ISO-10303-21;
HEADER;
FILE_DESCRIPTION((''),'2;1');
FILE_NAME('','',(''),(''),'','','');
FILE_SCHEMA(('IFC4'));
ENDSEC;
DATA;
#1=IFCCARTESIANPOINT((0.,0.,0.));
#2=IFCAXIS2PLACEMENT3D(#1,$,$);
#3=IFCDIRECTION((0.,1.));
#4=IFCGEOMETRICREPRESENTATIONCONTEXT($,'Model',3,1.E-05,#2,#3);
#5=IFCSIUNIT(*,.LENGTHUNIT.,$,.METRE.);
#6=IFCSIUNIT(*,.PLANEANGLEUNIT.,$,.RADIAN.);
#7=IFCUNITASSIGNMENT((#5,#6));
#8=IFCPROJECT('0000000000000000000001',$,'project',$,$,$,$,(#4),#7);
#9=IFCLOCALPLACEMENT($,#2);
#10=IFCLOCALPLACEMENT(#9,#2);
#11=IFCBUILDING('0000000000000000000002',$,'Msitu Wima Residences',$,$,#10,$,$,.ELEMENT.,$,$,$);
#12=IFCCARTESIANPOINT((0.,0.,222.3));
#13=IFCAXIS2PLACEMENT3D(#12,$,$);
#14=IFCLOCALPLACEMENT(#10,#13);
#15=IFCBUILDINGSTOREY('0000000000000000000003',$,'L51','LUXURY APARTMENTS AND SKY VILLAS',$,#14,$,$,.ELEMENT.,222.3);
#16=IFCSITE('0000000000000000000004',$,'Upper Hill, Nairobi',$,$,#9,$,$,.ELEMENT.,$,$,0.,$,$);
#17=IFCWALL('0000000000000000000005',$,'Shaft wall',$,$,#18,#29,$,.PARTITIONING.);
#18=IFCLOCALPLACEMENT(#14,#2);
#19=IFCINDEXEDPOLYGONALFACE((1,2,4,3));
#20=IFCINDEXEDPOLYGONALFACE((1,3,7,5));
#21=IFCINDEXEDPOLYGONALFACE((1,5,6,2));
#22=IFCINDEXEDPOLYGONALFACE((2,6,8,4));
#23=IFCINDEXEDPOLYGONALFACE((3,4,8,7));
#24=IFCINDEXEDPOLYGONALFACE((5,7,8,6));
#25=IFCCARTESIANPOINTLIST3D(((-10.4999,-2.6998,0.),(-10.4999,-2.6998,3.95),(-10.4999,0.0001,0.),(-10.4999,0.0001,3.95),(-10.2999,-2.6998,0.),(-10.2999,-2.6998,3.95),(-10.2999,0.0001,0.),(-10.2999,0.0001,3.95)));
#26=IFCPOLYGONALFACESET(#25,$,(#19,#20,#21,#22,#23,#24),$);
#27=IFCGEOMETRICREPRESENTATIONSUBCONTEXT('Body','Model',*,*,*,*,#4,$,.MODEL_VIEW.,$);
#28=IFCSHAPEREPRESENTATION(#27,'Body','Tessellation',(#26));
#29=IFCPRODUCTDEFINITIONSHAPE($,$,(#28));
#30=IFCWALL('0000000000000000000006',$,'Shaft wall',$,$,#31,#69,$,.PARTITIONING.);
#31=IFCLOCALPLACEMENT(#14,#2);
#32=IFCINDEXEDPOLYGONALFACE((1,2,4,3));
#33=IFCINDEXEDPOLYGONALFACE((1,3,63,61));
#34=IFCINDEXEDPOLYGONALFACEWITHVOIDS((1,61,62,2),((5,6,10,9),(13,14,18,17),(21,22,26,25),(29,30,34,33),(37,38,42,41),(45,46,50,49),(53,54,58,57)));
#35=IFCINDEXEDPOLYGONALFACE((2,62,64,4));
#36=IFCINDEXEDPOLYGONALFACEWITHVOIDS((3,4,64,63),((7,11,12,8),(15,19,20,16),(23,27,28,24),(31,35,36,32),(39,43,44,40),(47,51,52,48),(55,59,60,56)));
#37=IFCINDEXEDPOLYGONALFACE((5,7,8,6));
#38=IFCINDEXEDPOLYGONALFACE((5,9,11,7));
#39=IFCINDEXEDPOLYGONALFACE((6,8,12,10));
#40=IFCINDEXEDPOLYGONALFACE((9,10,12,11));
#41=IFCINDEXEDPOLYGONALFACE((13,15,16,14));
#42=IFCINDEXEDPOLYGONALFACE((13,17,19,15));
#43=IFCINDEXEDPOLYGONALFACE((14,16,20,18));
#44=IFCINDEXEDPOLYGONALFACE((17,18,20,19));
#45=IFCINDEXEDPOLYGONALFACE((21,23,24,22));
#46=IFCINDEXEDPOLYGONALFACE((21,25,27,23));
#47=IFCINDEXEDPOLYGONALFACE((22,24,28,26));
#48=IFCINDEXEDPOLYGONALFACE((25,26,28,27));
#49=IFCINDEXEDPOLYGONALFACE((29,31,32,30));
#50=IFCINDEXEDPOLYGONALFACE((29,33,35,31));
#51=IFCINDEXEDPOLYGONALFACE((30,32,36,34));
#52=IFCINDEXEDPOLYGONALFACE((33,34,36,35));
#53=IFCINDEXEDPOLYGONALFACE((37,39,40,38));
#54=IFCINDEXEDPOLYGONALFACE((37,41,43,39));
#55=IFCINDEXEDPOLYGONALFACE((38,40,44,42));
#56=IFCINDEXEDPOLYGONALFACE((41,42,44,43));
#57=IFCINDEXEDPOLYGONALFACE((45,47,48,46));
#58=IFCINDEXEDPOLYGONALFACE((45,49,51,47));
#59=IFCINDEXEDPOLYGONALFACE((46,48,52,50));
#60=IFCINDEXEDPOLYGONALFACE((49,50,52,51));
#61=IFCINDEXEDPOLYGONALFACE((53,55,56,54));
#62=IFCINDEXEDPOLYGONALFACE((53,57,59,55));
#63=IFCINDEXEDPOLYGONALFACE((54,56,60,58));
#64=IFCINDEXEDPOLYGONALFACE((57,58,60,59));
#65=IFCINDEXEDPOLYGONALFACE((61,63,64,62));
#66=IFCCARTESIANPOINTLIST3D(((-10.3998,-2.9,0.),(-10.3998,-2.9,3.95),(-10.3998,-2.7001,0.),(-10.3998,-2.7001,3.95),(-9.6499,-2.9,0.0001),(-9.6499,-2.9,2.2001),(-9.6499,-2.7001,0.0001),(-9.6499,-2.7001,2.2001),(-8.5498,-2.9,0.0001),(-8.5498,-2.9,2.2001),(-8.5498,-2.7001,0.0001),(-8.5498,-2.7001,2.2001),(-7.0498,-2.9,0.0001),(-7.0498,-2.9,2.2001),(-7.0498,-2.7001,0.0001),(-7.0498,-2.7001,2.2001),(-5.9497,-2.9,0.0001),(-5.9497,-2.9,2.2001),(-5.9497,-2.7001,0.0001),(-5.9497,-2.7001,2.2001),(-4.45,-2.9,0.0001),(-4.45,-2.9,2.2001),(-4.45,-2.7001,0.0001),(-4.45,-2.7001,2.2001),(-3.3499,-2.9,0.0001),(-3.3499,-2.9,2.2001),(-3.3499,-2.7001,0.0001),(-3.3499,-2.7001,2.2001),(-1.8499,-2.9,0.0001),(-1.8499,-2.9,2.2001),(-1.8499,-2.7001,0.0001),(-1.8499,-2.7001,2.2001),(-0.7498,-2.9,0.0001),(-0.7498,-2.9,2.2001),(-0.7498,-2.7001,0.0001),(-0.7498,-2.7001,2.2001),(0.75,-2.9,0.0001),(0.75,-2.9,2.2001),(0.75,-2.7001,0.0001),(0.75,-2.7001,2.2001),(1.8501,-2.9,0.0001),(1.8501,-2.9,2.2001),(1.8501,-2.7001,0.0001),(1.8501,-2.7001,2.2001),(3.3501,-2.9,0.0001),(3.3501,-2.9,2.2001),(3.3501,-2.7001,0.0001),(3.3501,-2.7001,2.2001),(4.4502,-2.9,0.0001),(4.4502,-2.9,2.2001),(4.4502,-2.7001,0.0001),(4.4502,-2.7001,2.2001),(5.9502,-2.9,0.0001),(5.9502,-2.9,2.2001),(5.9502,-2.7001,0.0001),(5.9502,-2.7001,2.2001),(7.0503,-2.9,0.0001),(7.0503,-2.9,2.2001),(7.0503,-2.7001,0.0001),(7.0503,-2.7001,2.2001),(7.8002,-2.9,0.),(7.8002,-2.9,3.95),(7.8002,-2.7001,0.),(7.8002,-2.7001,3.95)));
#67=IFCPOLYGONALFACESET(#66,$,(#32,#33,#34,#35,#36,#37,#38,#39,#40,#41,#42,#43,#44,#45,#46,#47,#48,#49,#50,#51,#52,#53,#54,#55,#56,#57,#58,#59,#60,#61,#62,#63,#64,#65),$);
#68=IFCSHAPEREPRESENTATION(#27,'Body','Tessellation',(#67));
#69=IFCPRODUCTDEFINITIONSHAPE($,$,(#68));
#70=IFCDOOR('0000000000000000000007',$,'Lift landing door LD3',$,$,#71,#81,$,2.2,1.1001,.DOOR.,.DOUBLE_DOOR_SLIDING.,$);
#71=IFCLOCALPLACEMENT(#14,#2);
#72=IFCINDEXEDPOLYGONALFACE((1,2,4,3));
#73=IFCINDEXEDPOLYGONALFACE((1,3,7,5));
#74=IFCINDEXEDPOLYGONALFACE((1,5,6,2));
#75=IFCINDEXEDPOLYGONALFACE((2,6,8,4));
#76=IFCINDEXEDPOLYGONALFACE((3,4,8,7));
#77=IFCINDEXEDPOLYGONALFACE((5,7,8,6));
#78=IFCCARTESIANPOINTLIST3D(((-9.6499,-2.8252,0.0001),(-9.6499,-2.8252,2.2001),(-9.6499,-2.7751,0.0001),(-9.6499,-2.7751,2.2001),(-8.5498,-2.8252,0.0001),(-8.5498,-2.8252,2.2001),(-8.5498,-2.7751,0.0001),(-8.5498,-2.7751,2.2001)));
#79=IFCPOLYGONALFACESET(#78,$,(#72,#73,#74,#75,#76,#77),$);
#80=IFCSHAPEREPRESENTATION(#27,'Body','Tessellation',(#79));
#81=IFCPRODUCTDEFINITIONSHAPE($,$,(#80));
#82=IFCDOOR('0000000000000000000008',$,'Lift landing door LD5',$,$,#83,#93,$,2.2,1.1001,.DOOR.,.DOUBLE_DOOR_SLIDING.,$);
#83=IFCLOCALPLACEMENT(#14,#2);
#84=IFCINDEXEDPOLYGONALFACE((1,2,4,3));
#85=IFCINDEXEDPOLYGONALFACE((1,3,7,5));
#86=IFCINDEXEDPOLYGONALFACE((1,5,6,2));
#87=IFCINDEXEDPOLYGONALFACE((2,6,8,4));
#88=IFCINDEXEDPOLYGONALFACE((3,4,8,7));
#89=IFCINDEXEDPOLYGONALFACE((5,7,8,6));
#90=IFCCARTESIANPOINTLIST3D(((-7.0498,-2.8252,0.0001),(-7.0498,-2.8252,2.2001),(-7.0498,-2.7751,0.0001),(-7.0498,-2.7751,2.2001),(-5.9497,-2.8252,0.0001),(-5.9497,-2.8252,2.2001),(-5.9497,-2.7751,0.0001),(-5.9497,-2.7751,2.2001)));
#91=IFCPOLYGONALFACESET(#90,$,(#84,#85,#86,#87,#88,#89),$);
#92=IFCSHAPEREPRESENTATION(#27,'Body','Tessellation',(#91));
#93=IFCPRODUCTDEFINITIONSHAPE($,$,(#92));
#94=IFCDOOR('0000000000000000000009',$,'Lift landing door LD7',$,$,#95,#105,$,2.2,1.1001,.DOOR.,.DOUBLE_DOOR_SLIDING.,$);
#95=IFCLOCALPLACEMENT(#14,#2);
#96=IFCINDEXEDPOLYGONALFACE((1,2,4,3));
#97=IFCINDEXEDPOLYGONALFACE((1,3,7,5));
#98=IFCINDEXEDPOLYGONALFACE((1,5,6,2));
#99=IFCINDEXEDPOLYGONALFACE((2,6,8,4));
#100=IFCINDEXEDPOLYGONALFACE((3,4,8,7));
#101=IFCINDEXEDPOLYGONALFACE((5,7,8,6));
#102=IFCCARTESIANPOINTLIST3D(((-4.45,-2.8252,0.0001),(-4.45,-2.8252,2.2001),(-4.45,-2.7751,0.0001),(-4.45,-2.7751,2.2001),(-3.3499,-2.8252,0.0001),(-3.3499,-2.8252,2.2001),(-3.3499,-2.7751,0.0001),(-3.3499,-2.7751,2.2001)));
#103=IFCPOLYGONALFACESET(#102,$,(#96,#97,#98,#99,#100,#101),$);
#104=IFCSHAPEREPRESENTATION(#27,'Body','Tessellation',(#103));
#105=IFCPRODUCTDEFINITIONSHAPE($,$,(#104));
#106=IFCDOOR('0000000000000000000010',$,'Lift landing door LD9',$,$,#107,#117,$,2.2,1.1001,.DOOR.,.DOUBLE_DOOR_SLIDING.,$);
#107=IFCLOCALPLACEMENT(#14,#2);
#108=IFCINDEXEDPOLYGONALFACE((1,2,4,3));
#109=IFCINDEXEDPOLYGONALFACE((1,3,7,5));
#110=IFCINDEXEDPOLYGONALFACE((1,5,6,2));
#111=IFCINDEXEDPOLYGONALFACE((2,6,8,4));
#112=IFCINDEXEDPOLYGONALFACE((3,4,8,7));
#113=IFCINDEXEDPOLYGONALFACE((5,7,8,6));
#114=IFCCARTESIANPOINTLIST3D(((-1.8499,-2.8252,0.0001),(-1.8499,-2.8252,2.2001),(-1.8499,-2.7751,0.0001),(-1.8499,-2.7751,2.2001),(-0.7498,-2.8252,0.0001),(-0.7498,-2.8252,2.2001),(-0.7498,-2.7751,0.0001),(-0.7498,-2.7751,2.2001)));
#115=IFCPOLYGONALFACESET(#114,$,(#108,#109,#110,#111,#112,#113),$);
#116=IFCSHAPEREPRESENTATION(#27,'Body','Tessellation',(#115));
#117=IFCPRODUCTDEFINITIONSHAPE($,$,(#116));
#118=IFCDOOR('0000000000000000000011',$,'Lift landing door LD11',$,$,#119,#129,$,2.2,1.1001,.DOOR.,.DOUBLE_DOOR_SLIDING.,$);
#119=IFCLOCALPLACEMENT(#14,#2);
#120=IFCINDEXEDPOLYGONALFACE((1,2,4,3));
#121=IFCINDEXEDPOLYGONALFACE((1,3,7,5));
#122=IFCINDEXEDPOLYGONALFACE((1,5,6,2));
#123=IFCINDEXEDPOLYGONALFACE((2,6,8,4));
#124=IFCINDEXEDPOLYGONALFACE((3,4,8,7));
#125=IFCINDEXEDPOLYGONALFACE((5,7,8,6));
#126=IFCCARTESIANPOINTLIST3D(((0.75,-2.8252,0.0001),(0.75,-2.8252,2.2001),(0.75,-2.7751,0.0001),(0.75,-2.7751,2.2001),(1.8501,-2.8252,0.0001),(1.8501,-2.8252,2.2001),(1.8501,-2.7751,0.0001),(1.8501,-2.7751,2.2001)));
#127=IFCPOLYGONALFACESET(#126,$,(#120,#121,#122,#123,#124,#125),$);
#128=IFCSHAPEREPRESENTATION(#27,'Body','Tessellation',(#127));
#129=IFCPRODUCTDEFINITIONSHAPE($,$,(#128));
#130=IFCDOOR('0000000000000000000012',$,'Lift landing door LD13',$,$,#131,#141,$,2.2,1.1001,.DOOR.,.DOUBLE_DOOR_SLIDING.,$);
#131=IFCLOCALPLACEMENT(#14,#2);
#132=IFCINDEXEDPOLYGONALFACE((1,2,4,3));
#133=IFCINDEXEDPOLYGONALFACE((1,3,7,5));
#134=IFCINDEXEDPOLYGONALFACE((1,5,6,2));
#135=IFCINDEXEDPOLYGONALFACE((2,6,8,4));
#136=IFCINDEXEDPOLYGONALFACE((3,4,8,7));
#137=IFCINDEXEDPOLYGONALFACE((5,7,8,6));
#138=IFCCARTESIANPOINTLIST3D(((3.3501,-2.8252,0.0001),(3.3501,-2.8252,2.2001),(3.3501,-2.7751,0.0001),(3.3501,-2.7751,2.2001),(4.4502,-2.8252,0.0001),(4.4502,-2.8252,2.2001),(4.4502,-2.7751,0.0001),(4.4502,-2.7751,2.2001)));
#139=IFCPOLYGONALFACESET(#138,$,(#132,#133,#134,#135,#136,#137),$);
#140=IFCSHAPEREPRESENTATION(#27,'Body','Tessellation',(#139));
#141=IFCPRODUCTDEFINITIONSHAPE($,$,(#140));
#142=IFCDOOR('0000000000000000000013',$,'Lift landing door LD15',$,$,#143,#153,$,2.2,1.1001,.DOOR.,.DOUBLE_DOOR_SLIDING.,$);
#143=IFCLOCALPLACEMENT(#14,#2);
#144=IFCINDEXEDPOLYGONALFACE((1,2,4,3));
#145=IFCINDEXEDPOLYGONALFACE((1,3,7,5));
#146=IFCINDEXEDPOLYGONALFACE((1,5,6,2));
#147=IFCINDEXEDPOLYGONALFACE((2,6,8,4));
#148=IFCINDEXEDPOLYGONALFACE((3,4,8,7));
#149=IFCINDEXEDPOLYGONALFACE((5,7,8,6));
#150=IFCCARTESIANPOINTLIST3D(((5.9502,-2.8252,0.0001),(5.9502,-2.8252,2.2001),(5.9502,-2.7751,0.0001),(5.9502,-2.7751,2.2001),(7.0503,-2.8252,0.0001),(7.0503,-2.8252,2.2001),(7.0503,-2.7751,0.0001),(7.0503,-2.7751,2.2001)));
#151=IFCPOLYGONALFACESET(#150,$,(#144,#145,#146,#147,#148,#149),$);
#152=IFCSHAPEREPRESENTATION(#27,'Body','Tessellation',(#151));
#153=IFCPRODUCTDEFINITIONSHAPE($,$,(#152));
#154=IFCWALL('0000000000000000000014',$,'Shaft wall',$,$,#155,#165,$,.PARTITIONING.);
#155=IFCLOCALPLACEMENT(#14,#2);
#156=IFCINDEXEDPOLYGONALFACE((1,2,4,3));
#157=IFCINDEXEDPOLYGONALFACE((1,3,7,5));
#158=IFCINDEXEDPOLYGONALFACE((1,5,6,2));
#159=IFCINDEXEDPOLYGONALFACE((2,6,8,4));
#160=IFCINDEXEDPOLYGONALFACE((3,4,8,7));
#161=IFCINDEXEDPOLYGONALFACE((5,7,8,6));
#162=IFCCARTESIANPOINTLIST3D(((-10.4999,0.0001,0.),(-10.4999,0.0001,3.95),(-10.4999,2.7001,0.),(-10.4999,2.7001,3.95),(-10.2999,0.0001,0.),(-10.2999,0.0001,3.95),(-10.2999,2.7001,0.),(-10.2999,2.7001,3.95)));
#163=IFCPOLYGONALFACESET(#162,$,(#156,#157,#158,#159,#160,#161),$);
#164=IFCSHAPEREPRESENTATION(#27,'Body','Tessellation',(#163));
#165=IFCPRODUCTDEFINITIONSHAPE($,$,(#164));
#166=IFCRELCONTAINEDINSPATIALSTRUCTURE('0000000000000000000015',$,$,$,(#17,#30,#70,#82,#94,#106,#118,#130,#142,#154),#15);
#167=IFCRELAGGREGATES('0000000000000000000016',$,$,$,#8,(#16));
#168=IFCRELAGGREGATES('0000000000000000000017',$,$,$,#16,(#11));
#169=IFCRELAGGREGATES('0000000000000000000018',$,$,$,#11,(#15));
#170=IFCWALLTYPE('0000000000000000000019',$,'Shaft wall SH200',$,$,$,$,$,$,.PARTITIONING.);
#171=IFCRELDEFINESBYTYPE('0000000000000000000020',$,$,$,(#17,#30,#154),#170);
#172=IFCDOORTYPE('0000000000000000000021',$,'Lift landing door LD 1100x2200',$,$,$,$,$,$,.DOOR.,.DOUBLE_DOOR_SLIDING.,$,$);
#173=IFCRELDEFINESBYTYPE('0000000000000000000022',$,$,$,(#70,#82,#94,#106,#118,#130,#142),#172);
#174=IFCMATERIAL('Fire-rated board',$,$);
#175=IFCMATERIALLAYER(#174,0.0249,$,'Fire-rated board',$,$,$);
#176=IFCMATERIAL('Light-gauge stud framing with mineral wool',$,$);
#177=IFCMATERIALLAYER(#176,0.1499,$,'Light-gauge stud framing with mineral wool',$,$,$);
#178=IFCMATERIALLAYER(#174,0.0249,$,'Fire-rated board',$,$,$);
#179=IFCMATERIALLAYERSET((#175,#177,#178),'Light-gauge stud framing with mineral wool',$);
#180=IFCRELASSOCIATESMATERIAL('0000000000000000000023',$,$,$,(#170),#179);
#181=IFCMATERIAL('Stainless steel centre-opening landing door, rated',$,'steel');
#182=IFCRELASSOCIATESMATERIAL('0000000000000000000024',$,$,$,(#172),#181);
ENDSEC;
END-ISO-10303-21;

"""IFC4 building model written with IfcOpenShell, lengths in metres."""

from ifc_helpers import new_model, si_unit, direction, frame, frame_2d, origin, place, context, subcontext, project, spatial, rectangle, extrude, material, layer, layer_set, type_object, element, fill, save


model = new_model("IFC4")

# Units and contexts
model_context = context("Model", 3, precision=1e-05, world=origin(), true_north=direction((0.0, 1.0)))
body_context = subcontext(model_context, "Body", "Model", "MODEL_VIEW")
ifc_project = project(units=[si_unit("LENGTHUNIT", "METRE"), si_unit("PLANEANGLEUNIT", "RADIAN")], contexts=[model_context])

# Site, building, storey
site_placement = place(None, origin())
site = spatial("IfcSite", under=ifc_project, at=site_placement, Name="Upper Hill, Nairobi", CompositionType="ELEMENT", RefElevation=0.0)
building_placement = place(site_placement, origin())
building = spatial("IfcBuilding", under=site, at=building_placement, Name="Msitu Wima Residences", CompositionType="ELEMENT")
storey_placement = place(building_placement, frame((0.0, 0.0, 222.3)))
storey = spatial("IfcBuildingStorey", under=building, at=storey_placement, Name="L51", Description="LUXURY APARTMENTS AND SKY VILLAS", CompositionType="ELEMENT", Elevation=222.3)

# Wall
ifc_material_1 = material(Name="Fire-rated board")
ifc_layer_1 = layer(ifc_material_1, 0.0249, Name="Fire-rated board")
ifc_material_2 = material(Name="Light-gauge stud framing with mineral wool")
ifc_layer_2 = layer(ifc_material_2, 0.1499, Name="Light-gauge stud framing with mineral wool")
ifc_layer_3 = layer(ifc_material_1, 0.0249, Name="Fire-rated board")
ifc_layer_set_1 = layer_set([ifc_layer_1, ifc_layer_2, ifc_layer_3], Name="Light-gauge stud framing with mineral wool")
wall_type_1 = type_object("IfcWallType", Name="Shaft wall SH200", PredefinedType="PARTITIONING", material=ifc_layer_set_1)
wall_1_placement = place(storey_placement, frame((-10.3999, -2.7, 0.0), z_axis=(0.0, 0.0, 1.0), x_axis=(0.0, 1.0, 0.0)))
element("IfcWall", 1, at=wall_1_placement, inside=storey, type_object=wall_type_1, Name="Shaft wall", PredefinedType="PARTITIONING", context=body_context, shape_type="SweptSolid", body=[
    extrude(rectangle(XDim=2.7, YDim=0.2, at=frame_2d((1.3501, 0.0))), origin(), (0.0, 0.0, 1.0), 3.95),
])

# Wall, openings, doors
wall_2_placement = place(storey_placement, frame((-10.3999, -2.8, 0.0), z_axis=(0.0, 0.0, 1.0), x_axis=(1.0, 0.0, 0.0)))
wall_2 = element("IfcWall", 2, at=wall_2_placement, inside=storey, type_object=wall_type_1, Name="Shaft wall", PredefinedType="PARTITIONING", context=body_context, shape_type="SweptSolid", body=[
    extrude(rectangle(XDim=18.2, YDim=0.2, at=frame_2d((9.1001, 0.0))), origin(), (0.0, 0.0, 1.0), 3.95),
])
opening_1_placement = place(wall_2_placement, frame((0.75, 0.0, 0.0)))
opening_1 = element("IfcOpeningElement", 3, at=opening_1_placement, cuts=wall_2, PredefinedType="OPENING", context=body_context, shape_type="SweptSolid", body=[
    extrude(rectangle(XDim=1.1001, YDim=2.2, at=frame_2d((0.55, 1.1001))), frame((0.0, 0.1099, 0.0), z_axis=(0.0, -1.0, 0.0), x_axis=(1.0, 0.0, 0.0)), (0.0, 0.0, 1.0), 0.22),
])
opening_2_placement = place(wall_2_placement, frame((3.3501, 0.0, 0.0)))
opening_2 = element("IfcOpeningElement", 4, at=opening_2_placement, cuts=wall_2, PredefinedType="OPENING", context=body_context, shape_type="SweptSolid", body=[
    extrude(rectangle(XDim=1.1001, YDim=2.2, at=frame_2d((0.55, 1.1001))), frame((0.0, 0.1099, 0.0), z_axis=(0.0, -1.0, 0.0), x_axis=(1.0, 0.0, 0.0)), (0.0, 0.0, 1.0), 0.22),
])
opening_3_placement = place(wall_2_placement, frame((5.95, 0.0, 0.0)))
opening_3 = element("IfcOpeningElement", 5, at=opening_3_placement, cuts=wall_2, PredefinedType="OPENING", context=body_context, shape_type="SweptSolid", body=[
    extrude(rectangle(XDim=1.1001, YDim=2.2, at=frame_2d((0.55, 1.1001))), frame((0.0, 0.1099, 0.0), z_axis=(0.0, -1.0, 0.0), x_axis=(1.0, 0.0, 0.0)), (0.0, 0.0, 1.0), 0.22),
])
opening_4_placement = place(wall_2_placement, frame((8.55, 0.0, 0.0)))
opening_4 = element("IfcOpeningElement", 6, at=opening_4_placement, cuts=wall_2, PredefinedType="OPENING", context=body_context, shape_type="SweptSolid", body=[
    extrude(rectangle(XDim=1.1001, YDim=2.2, at=frame_2d((0.55, 1.1001))), frame((0.0, 0.1099, 0.0), z_axis=(0.0, -1.0, 0.0), x_axis=(1.0, 0.0, 0.0)), (0.0, 0.0, 1.0), 0.22),
])
opening_5_placement = place(wall_2_placement, frame((11.1499, 0.0, 0.0)))
opening_5 = element("IfcOpeningElement", 7, at=opening_5_placement, cuts=wall_2, PredefinedType="OPENING", context=body_context, shape_type="SweptSolid", body=[
    extrude(rectangle(XDim=1.1001, YDim=2.2, at=frame_2d((0.55, 1.1001))), frame((0.0, 0.1099, 0.0), z_axis=(0.0, -1.0, 0.0), x_axis=(1.0, 0.0, 0.0)), (0.0, 0.0, 1.0), 0.22),
])
opening_6_placement = place(wall_2_placement, frame((13.75, 0.0, 0.0)))
opening_6 = element("IfcOpeningElement", 8, at=opening_6_placement, cuts=wall_2, PredefinedType="OPENING", context=body_context, shape_type="SweptSolid", body=[
    extrude(rectangle(XDim=1.1001, YDim=2.2, at=frame_2d((0.55, 1.1001))), frame((0.0, 0.1099, 0.0), z_axis=(0.0, -1.0, 0.0), x_axis=(1.0, 0.0, 0.0)), (0.0, 0.0, 1.0), 0.22),
])
opening_7_placement = place(wall_2_placement, frame((16.3501, 0.0, 0.0)))
opening_7 = element("IfcOpeningElement", 9, at=opening_7_placement, cuts=wall_2, PredefinedType="OPENING", context=body_context, shape_type="SweptSolid", body=[
    extrude(rectangle(XDim=1.1001, YDim=2.2, at=frame_2d((0.55, 1.1001))), frame((0.0, 0.1099, 0.0), z_axis=(0.0, -1.0, 0.0), x_axis=(1.0, 0.0, 0.0)), (0.0, 0.0, 1.0), 0.22),
])
ifc_material_3 = material(Name="Stainless steel centre-opening landing door, rated", Category="steel")
door_type_1 = type_object("IfcDoorType", Name="Lift landing door LD 1100x2200", OperationType="DOUBLE_DOOR_SLIDING", PredefinedType="DOOR", material=ifc_material_3)
door_1_placement = place(opening_1_placement, origin())
door_1 = element("IfcDoor", 10, at=door_1_placement, inside=storey, type_object=door_type_1, Name="Lift landing door LD3", OperationType="DOUBLE_DOOR_SLIDING", OverallHeight=2.2, OverallWidth=1.1001, PredefinedType="DOOR", context=body_context, shape_type="SweptSolid", body=[
    extrude(rectangle(XDim=1.1001, YDim=2.2, at=frame_2d((0.55, 1.1001))), frame((0.0, 0.0249, 0.0), z_axis=(0.0, -1.0, 0.0), x_axis=(1.0, 0.0, 0.0)), (0.0, 0.0, 1.0), 0.05),
])
fill(opening_1, door_1)
door_2_placement = place(opening_2_placement, origin())
door_2 = element("IfcDoor", 11, at=door_2_placement, inside=storey, type_object=door_type_1, Name="Lift landing door LD5", OperationType="DOUBLE_DOOR_SLIDING", OverallHeight=2.2, OverallWidth=1.1001, PredefinedType="DOOR", context=body_context, shape_type="SweptSolid", body=[
    extrude(rectangle(XDim=1.1001, YDim=2.2, at=frame_2d((0.55, 1.1001))), frame((0.0, 0.0249, 0.0), z_axis=(0.0, -1.0, 0.0), x_axis=(1.0, 0.0, 0.0)), (0.0, 0.0, 1.0), 0.05),
])
fill(opening_2, door_2)
door_3_placement = place(opening_3_placement, origin())
door_3 = element("IfcDoor", 12, at=door_3_placement, inside=storey, type_object=door_type_1, Name="Lift landing door LD7", OperationType="DOUBLE_DOOR_SLIDING", OverallHeight=2.2, OverallWidth=1.1001, PredefinedType="DOOR", context=body_context, shape_type="SweptSolid", body=[
    extrude(rectangle(XDim=1.1001, YDim=2.2, at=frame_2d((0.55, 1.1001))), frame((0.0, 0.0249, 0.0), z_axis=(0.0, -1.0, 0.0), x_axis=(1.0, 0.0, 0.0)), (0.0, 0.0, 1.0), 0.05),
])
fill(opening_3, door_3)
door_4_placement = place(opening_4_placement, origin())
door_4 = element("IfcDoor", 13, at=door_4_placement, inside=storey, type_object=door_type_1, Name="Lift landing door LD9", OperationType="DOUBLE_DOOR_SLIDING", OverallHeight=2.2, OverallWidth=1.1001, PredefinedType="DOOR", context=body_context, shape_type="SweptSolid", body=[
    extrude(rectangle(XDim=1.1001, YDim=2.2, at=frame_2d((0.55, 1.1001))), frame((0.0, 0.0249, 0.0), z_axis=(0.0, -1.0, 0.0), x_axis=(1.0, 0.0, 0.0)), (0.0, 0.0, 1.0), 0.05),
])
fill(opening_4, door_4)
door_5_placement = place(opening_5_placement, origin())
door_5 = element("IfcDoor", 14, at=door_5_placement, inside=storey, type_object=door_type_1, Name="Lift landing door LD11", OperationType="DOUBLE_DOOR_SLIDING", OverallHeight=2.2, OverallWidth=1.1001, PredefinedType="DOOR", context=body_context, shape_type="SweptSolid", body=[
    extrude(rectangle(XDim=1.1001, YDim=2.2, at=frame_2d((0.55, 1.1001))), frame((0.0, 0.0249, 0.0), z_axis=(0.0, -1.0, 0.0), x_axis=(1.0, 0.0, 0.0)), (0.0, 0.0, 1.0), 0.05),
])
fill(opening_5, door_5)
door_6_placement = place(opening_6_placement, origin())
door_6 = element("IfcDoor", 15, at=door_6_placement, inside=storey, type_object=door_type_1, Name="Lift landing door LD13", OperationType="DOUBLE_DOOR_SLIDING", OverallHeight=2.2, OverallWidth=1.1001, PredefinedType="DOOR", context=body_context, shape_type="SweptSolid", body=[
    extrude(rectangle(XDim=1.1001, YDim=2.2, at=frame_2d((0.55, 1.1001))), frame((0.0, 0.0249, 0.0), z_axis=(0.0, -1.0, 0.0), x_axis=(1.0, 0.0, 0.0)), (0.0, 0.0, 1.0), 0.05),
])
fill(opening_6, door_6)
door_7_placement = place(opening_7_placement, origin())
door_7 = element("IfcDoor", 16, at=door_7_placement, inside=storey, type_object=door_type_1, Name="Lift landing door LD15", OperationType="DOUBLE_DOOR_SLIDING", OverallHeight=2.2, OverallWidth=1.1001, PredefinedType="DOOR", context=body_context, shape_type="SweptSolid", body=[
    extrude(rectangle(XDim=1.1001, YDim=2.2, at=frame_2d((0.55, 1.1001))), frame((0.0, 0.0249, 0.0), z_axis=(0.0, -1.0, 0.0), x_axis=(1.0, 0.0, 0.0)), (0.0, 0.0, 1.0), 0.05),
])
fill(opening_7, door_7)

# Wall
wall_3_placement = place(storey_placement, frame((-10.3999, 0.0, 0.0), z_axis=(0.0, 0.0, 1.0), x_axis=(0.0, 1.0, 0.0)))
element("IfcWall", 17, at=wall_3_placement, inside=storey, type_object=wall_type_1, Name="Shaft wall", PredefinedType="PARTITIONING", context=body_context, shape_type="SweptSolid", body=[
    extrude(rectangle(XDim=2.7, YDim=0.2, at=frame_2d((1.3501, 0.0))), origin(), (0.0, 0.0, 1.0), 3.95),
])

save(model, "model.ifc")
